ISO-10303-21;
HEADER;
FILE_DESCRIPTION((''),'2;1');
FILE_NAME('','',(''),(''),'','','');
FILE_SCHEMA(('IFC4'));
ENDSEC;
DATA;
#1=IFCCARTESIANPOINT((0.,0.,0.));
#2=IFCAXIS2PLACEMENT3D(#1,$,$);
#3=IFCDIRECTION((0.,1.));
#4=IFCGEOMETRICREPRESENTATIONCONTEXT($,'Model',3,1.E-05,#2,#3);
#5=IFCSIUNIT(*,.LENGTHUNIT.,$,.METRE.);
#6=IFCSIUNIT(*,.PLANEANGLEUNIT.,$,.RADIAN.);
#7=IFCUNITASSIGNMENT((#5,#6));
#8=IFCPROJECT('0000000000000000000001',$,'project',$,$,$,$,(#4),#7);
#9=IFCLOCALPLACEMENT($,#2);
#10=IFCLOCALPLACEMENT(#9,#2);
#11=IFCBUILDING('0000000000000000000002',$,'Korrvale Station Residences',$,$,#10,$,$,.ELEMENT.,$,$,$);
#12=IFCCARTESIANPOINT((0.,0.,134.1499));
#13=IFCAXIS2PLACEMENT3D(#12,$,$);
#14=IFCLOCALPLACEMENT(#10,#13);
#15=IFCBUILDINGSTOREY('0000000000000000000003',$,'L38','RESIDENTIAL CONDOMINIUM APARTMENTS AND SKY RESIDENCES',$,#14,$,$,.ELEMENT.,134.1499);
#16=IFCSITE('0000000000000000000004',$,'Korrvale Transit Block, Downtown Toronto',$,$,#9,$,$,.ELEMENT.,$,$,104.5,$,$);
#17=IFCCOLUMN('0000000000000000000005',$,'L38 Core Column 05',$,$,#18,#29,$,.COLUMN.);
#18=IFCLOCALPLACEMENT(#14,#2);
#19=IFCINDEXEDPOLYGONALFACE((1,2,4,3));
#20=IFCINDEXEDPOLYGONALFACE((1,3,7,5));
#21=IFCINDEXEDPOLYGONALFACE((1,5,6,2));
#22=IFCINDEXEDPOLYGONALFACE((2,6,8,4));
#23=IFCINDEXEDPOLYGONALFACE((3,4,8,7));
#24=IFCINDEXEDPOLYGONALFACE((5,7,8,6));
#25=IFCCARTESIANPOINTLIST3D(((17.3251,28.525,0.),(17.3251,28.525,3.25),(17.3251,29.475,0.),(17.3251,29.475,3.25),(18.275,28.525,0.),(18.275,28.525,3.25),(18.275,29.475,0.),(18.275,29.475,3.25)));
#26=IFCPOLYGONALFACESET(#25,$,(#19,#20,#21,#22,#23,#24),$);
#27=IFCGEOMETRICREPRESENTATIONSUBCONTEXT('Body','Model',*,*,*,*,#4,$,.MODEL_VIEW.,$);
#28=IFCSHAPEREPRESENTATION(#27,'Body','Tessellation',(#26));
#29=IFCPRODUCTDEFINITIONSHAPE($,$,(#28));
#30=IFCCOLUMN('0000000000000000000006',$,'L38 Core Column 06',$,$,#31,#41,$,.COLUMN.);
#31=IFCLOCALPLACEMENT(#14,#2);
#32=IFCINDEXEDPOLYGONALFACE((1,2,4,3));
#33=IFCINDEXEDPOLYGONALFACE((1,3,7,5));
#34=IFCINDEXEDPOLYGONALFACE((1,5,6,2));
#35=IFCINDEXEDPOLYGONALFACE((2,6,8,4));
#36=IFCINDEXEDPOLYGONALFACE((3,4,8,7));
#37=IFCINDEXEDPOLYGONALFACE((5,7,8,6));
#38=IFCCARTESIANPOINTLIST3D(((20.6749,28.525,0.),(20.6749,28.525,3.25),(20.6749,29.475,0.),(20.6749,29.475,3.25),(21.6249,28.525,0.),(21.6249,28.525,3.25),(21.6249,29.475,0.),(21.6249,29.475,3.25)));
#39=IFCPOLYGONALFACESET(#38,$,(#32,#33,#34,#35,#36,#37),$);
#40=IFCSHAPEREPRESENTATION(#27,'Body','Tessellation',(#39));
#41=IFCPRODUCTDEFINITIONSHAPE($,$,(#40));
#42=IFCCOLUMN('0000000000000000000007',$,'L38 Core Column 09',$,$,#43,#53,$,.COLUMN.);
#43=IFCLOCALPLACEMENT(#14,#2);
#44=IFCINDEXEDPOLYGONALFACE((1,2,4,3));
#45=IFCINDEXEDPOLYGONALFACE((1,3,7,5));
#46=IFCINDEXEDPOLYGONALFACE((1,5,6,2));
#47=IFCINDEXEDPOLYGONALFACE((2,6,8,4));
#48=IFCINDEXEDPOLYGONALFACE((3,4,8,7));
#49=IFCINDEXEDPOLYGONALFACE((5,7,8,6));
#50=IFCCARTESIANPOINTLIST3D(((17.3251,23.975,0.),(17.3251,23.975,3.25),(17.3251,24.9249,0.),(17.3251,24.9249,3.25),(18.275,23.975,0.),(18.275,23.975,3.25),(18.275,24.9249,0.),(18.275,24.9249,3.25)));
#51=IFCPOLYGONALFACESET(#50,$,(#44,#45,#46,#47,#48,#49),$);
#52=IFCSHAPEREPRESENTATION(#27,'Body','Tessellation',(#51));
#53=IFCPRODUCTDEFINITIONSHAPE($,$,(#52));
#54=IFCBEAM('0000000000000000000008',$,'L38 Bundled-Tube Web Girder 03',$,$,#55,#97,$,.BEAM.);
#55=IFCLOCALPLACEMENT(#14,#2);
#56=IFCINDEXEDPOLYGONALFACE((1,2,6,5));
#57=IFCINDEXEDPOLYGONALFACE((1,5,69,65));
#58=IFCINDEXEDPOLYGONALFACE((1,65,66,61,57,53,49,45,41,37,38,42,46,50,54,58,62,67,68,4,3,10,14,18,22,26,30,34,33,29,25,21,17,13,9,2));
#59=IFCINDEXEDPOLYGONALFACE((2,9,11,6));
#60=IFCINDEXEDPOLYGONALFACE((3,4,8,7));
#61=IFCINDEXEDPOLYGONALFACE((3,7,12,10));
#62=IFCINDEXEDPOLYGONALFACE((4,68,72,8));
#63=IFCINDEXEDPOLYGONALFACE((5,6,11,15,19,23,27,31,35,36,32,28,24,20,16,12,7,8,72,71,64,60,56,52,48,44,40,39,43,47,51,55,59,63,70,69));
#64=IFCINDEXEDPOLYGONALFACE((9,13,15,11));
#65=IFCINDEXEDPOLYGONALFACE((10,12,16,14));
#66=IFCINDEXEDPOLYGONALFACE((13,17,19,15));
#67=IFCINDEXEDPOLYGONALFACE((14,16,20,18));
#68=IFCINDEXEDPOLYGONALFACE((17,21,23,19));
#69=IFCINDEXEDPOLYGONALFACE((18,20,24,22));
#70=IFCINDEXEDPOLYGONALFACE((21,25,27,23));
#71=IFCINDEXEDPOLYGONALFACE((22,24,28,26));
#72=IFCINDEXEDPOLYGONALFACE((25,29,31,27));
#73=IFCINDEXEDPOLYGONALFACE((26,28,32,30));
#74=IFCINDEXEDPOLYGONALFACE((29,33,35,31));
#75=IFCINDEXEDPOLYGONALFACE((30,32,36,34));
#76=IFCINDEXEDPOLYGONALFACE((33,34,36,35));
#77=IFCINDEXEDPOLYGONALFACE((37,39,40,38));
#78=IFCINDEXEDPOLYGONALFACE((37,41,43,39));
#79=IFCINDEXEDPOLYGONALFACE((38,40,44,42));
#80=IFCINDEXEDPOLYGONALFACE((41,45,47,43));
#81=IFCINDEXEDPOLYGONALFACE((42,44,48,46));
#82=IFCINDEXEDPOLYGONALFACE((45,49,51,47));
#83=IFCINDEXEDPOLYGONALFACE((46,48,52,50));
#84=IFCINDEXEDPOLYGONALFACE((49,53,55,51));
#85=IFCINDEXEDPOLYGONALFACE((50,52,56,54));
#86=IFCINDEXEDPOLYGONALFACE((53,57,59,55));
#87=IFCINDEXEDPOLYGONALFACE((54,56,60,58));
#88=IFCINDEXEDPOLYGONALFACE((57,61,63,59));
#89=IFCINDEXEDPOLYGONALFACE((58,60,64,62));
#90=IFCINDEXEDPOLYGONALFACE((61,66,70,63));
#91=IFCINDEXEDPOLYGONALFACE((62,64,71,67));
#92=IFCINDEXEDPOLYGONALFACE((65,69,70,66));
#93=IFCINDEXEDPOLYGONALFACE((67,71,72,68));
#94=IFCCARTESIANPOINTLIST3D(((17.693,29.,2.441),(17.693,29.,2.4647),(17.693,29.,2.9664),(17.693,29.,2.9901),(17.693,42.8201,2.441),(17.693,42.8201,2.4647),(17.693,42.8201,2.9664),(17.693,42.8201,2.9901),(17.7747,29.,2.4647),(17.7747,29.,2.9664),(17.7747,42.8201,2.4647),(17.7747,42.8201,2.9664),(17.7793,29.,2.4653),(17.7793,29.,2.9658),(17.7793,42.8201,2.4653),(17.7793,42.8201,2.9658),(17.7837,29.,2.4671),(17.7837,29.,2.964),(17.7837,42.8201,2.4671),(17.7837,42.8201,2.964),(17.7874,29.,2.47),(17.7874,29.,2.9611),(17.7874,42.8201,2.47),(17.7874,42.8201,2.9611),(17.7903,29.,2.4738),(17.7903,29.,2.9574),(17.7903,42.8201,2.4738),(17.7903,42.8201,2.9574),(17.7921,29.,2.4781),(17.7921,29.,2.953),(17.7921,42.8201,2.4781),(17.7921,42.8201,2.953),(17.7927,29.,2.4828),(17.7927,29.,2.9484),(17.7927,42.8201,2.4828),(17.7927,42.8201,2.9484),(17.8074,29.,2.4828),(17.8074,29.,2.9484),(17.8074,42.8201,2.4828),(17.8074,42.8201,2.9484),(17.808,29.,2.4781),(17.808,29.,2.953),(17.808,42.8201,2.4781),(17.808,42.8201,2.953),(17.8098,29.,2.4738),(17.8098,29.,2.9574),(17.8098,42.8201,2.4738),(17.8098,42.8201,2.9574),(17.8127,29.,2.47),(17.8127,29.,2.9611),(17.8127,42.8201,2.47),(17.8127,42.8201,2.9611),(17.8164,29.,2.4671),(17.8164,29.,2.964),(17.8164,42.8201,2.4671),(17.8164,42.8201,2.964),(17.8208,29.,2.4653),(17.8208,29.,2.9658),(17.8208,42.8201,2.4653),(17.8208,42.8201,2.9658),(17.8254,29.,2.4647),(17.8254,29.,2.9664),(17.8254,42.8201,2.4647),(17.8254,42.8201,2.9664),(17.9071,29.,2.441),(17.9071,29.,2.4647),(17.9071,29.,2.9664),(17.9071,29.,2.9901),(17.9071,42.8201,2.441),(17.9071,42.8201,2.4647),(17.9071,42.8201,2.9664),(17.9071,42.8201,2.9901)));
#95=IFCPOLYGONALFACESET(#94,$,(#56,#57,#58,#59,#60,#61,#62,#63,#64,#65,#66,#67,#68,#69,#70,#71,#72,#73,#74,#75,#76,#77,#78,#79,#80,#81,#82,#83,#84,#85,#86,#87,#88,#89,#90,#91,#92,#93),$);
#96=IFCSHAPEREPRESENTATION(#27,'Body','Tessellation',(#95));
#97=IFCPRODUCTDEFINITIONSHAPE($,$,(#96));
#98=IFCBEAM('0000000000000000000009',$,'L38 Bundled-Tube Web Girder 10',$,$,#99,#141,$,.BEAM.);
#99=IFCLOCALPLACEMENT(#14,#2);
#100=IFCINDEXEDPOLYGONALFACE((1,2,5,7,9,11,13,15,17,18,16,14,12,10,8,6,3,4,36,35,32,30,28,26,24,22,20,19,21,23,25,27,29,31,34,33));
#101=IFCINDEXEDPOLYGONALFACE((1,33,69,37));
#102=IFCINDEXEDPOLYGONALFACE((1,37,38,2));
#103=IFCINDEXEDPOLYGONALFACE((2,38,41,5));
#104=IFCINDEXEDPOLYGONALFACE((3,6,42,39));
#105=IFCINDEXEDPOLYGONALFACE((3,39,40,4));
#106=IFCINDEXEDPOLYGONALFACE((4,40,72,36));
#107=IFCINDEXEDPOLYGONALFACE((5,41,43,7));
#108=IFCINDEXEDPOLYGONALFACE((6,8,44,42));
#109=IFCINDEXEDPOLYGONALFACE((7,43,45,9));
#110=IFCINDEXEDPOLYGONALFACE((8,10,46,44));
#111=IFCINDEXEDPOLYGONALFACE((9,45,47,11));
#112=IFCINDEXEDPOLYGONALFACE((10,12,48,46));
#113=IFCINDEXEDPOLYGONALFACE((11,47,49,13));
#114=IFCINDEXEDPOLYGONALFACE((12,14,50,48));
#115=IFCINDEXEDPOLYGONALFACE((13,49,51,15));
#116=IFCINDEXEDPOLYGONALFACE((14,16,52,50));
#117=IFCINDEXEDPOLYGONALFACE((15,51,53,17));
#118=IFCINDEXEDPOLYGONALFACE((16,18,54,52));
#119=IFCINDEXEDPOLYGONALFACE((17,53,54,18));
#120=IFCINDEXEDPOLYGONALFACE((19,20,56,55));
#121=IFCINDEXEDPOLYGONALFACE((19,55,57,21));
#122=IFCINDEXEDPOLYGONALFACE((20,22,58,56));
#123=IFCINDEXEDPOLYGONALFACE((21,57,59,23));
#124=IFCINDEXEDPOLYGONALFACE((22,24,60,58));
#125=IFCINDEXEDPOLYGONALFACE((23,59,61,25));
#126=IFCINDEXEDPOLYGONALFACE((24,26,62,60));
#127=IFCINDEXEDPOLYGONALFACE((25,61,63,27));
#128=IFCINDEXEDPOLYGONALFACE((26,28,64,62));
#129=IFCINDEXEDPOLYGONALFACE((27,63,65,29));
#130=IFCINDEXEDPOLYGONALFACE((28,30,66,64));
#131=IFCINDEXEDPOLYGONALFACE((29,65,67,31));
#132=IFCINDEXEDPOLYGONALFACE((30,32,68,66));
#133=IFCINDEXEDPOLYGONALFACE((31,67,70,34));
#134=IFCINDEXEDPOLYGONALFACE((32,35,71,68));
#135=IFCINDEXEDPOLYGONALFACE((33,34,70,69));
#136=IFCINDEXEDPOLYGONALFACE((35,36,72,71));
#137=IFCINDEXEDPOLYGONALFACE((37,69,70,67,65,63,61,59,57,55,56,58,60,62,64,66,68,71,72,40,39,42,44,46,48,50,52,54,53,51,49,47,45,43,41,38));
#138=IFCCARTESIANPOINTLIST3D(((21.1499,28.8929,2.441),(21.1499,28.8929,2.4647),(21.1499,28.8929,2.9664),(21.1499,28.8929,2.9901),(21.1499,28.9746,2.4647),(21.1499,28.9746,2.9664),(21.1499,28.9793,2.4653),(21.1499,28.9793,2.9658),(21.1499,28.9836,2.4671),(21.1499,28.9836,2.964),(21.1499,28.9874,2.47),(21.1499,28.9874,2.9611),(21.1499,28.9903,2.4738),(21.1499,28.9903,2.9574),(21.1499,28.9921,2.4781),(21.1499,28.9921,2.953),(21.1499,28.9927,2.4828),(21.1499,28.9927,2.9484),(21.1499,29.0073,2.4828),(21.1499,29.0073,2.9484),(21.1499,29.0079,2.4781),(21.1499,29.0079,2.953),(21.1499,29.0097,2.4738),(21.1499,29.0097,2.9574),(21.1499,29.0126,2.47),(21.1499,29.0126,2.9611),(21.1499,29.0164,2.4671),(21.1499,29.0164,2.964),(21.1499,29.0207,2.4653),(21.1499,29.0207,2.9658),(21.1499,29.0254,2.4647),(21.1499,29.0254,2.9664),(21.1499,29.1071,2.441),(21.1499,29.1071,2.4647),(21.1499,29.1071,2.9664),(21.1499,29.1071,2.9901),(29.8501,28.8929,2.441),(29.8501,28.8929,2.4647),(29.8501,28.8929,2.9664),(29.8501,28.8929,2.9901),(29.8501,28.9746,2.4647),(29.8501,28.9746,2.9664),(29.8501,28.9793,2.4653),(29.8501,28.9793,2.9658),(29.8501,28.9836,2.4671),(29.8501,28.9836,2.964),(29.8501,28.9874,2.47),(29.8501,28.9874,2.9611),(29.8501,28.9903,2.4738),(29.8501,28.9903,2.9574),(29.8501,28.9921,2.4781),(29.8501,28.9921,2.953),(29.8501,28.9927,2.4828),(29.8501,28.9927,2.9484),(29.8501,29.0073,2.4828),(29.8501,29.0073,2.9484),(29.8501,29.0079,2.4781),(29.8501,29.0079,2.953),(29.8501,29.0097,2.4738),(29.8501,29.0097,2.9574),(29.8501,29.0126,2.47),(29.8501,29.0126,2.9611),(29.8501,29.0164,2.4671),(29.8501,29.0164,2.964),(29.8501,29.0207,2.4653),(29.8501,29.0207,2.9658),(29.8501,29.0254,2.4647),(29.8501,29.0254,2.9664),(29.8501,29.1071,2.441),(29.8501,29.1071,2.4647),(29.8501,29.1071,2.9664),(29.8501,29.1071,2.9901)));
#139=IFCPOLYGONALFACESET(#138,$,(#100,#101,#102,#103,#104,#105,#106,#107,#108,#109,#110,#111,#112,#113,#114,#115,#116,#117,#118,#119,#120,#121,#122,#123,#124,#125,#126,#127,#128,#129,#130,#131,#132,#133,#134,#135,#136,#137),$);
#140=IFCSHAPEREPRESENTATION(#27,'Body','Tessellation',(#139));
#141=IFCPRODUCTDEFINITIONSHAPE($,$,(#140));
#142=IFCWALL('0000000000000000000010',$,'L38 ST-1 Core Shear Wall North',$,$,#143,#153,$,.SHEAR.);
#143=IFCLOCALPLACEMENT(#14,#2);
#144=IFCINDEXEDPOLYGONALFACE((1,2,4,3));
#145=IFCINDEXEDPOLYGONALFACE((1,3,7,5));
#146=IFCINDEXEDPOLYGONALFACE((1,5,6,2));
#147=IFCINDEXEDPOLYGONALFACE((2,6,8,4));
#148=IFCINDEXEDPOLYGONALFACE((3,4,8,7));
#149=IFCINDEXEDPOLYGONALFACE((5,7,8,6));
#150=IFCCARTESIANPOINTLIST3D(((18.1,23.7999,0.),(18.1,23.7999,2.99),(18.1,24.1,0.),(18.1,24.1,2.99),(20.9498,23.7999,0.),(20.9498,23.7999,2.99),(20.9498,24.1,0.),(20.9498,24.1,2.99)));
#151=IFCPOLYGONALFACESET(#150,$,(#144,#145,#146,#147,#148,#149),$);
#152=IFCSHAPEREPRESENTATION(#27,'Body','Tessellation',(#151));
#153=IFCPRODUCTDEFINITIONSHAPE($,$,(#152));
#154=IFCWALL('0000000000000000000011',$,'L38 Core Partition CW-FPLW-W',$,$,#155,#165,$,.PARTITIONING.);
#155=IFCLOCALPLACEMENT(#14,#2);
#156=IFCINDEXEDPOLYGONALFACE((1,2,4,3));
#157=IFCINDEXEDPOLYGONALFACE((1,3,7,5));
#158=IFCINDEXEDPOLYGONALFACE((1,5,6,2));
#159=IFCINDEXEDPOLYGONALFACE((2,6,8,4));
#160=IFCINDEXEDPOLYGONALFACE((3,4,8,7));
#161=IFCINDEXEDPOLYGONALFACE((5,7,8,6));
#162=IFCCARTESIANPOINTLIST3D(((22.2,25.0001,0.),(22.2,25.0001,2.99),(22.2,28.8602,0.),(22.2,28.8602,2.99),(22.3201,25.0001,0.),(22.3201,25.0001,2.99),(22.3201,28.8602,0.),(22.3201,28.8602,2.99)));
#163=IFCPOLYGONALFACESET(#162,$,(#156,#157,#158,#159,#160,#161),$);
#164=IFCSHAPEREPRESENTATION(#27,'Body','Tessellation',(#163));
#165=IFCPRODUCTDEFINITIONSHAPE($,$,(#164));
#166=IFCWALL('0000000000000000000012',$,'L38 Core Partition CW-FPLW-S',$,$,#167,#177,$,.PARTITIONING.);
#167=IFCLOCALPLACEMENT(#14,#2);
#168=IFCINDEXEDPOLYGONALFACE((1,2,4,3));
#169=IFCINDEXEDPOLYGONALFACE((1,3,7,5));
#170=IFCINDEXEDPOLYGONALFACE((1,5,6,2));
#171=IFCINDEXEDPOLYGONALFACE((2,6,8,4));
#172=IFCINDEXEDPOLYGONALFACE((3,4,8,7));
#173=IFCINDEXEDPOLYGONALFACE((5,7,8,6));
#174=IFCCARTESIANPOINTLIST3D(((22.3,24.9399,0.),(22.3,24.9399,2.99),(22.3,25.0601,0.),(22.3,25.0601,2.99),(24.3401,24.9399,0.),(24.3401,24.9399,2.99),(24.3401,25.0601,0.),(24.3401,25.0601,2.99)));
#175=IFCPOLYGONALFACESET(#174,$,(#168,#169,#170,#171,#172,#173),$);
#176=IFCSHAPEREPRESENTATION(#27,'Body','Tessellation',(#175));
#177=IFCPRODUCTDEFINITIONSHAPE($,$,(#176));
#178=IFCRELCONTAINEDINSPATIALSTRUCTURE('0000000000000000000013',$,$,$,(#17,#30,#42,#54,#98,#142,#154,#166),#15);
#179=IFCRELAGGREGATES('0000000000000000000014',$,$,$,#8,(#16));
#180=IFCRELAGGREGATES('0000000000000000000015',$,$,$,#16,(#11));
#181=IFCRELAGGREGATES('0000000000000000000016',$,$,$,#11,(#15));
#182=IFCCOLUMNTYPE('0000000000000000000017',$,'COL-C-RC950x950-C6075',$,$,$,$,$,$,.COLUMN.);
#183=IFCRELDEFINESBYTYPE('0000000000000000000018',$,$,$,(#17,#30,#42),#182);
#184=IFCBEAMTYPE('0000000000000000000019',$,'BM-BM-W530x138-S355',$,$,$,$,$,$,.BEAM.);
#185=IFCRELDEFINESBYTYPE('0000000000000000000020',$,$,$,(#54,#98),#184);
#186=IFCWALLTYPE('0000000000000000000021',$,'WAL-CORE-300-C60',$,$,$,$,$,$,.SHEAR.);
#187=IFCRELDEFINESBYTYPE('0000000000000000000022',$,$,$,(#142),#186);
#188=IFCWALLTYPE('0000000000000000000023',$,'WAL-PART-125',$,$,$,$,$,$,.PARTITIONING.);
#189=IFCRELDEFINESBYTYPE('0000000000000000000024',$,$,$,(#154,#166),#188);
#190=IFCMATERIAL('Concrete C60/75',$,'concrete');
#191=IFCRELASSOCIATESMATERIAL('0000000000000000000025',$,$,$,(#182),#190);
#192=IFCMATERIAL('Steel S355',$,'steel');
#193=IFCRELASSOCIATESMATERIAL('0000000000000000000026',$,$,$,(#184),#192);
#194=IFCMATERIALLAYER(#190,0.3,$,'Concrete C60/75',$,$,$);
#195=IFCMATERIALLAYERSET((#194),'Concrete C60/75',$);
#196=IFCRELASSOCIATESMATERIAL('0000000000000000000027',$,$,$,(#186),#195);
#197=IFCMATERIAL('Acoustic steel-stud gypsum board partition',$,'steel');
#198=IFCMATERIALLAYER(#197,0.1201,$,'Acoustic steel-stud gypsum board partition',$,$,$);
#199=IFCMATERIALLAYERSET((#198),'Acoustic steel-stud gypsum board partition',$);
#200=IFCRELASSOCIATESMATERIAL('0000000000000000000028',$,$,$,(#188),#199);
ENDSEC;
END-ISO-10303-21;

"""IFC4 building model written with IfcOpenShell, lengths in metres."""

from ifc_helpers import new_model, si_unit, direction, frame, frame_2d, origin, origin_2d, place, context, subcontext, project, spatial, rectangle, i_section, extrude, material, layer, layer_set, material_profile, profile_set, type_object, element, save


model = new_model("IFC4")

# Units and contexts
model_context = context("Model", 3, precision=1e-05, world=origin(), true_north=direction((0.0, 1.0)))
body_context = subcontext(model_context, "Body", "Model", "MODEL_VIEW")
ifc_project = project(units=[si_unit("LENGTHUNIT", "METRE"), si_unit("PLANEANGLEUNIT", "RADIAN")], contexts=[model_context])

# Site, building, storey
site_placement = place(None, origin())
site = spatial("IfcSite", under=ifc_project, at=site_placement, Name="Korrvale Transit Block, Downtown Toronto", CompositionType="ELEMENT", RefElevation=104.5)
building_placement = place(site_placement, origin())
building = spatial("IfcBuilding", under=site, at=building_placement, Name="Korrvale Station Residences", CompositionType="ELEMENT")
storey_placement = place(building_placement, frame((0.0, 0.0, 134.1499)))
storey = spatial("IfcBuildingStorey", under=building, at=storey_placement, Name="L38", Description="RESIDENTIAL CONDOMINIUM APARTMENTS AND SKY RESIDENCES", CompositionType="ELEMENT", Elevation=134.1499)

# Columns
ifc_material_1 = material(Name="Concrete C60/75", Category="concrete")
ifc_material_profile_1 = material_profile(ifc_material_1, rectangle(XDim=0.95, YDim=0.95, at=origin_2d()), Name="RC950x950")
ifc_profile_set_1 = profile_set([ifc_material_profile_1], Name="Concrete C60/75")
column_type = type_object("IfcColumnType", Name="COL-C-RC950x950-C6075", PredefinedType="COLUMN", material=ifc_profile_set_1)
for number, where, z_axis, x_axis, name in (
    (1, (17.8, 29.0, 0.0), (0.0, 0.0, 1.0), (1.0, 0.0, 0.0), "L38 Core Column 05"),
    (2, (21.1499, 29.0, 0.0), (0.0, 0.0, 1.0), (1.0, 0.0, 0.0), "L38 Core Column 06"),
    (3, (17.8, 24.45, 0.0), (0.0, 0.0, 1.0), (1.0, 0.0, 0.0), "L38 Core Column 09"),
):
    element("IfcColumn", number, at=place(storey_placement, frame(where, z_axis=z_axis, x_axis=x_axis)), inside=storey, type_object=column_type, Name=name, PredefinedType="COLUMN", context=body_context, shape_type="SweptSolid", body=[
        extrude(rectangle(XDim=0.95, YDim=0.95, at=origin_2d()), origin(), (0.0, 0.0, 1.0), 3.25),
    ])

# Beams
ifc_material_2 = material(Name="Steel S355", Category="steel")
ifc_material_profile_2 = material_profile(ifc_material_2, i_section(OverallWidth=0.2141, OverallDepth=0.5491, WebThickness=0.0146, FlangeThickness=0.0237, FilletRadius=0.0181, at=origin_2d()), Name="W530x138")
ifc_profile_set_2 = profile_set([ifc_material_profile_2], Name="Steel S355")
beam_type = type_object("IfcBeamType", Name="BM-BM-W530x138-S355", PredefinedType="BEAM", material=ifc_profile_set_2)
beam_1_placement = place(storey_placement, frame((17.8, 29.0, 2.7156), z_axis=(0.0, 1.0, 0.0), x_axis=(-1.0, 0.0, 0.0)))
element("IfcBeam", 4, at=beam_1_placement, inside=storey, type_object=beam_type, Name="L38 Bundled-Tube Web Girder 03", PredefinedType="BEAM", context=body_context, shape_type="SweptSolid", body=[
    extrude(i_section(OverallWidth=0.2141, OverallDepth=0.5491, WebThickness=0.0146, FlangeThickness=0.0237, FilletRadius=0.0181, at=origin_2d()), origin(), (0.0, 0.0, 1.0), 13.8201),
])
beam_2_placement = place(storey_placement, frame((21.1499, 29.0, 2.7156), z_axis=(1.0, 0.0, 0.0), x_axis=(0.0, 1.0, 0.0)))
element("IfcBeam", 5, at=beam_2_placement, inside=storey, type_object=beam_type, Name="L38 Bundled-Tube Web Girder 10", PredefinedType="BEAM", context=body_context, shape_type="SweptSolid", body=[
    extrude(i_section(OverallWidth=0.2141, OverallDepth=0.5491, WebThickness=0.0146, FlangeThickness=0.0237, FilletRadius=0.0181, at=origin_2d()), origin(), (0.0, 0.0, 1.0), 8.7002),
])

# Walls
ifc_layer_1 = layer(ifc_material_1, 0.3, Name="Concrete C60/75")
ifc_layer_set_1 = layer_set([ifc_layer_1], Name="Concrete C60/75")
wall_type_1 = type_object("IfcWallType", Name="WAL-CORE-300-C60", PredefinedType="SHEAR", material=ifc_layer_set_1)
wall_1_placement = place(storey_placement, frame((18.1001, 23.95, 0.0), z_axis=(0.0, 0.0, 1.0), x_axis=(1.0, 0.0, 0.0)))
element("IfcWall", 6, at=wall_1_placement, inside=storey, type_object=wall_type_1, Name="L38 ST-1 Core Shear Wall North", PredefinedType="SHEAR", context=body_context, shape_type="SweptSolid", body=[
    extrude(rectangle(XDim=2.8499, YDim=0.3, at=frame_2d((1.4248, 0.0))), origin(), (0.0, 0.0, 1.0), 2.99),
])
ifc_material_3 = material(Name="Acoustic steel-stud gypsum board partition", Category="steel")
ifc_layer_2 = layer(ifc_material_3, 0.1201, Name="Acoustic steel-stud gypsum board partition")
ifc_layer_set_2 = layer_set([ifc_layer_2], Name="Acoustic steel-stud gypsum board partition")
wall_type_2 = type_object("IfcWallType", Name="WAL-PART-125", PredefinedType="PARTITIONING", material=ifc_layer_set_2)
wall_2_placement = place(storey_placement, frame((22.26, 25.0, 0.0), z_axis=(0.0, 0.0, 1.0), x_axis=(0.0, 1.0, 0.0)))
element("IfcWall", 7, at=wall_2_placement, inside=storey, type_object=wall_type_2, Name="L38 Core Partition CW-FPLW-W", PredefinedType="PARTITIONING", context=body_context, shape_type="SweptSolid", body=[
    extrude(rectangle(XDim=3.8601, YDim=0.1201, at=frame_2d((1.9302, 0.0))), origin(), (0.0, 0.0, 1.0), 2.99),
])
wall_3_placement = place(storey_placement, frame((22.3, 25.0, 0.0), z_axis=(0.0, 0.0, 1.0), x_axis=(1.0, 0.0, 0.0)))
element("IfcWall", 8, at=wall_3_placement, inside=storey, type_object=wall_type_2, Name="L38 Core Partition CW-FPLW-S", PredefinedType="PARTITIONING", context=body_context, shape_type="SweptSolid", body=[
    extrude(rectangle(XDim=2.04, YDim=0.1201, at=frame_2d((1.02, 0.0))), origin(), (0.0, 0.0, 1.0), 2.99),
])

save(model, "model.ifc")
